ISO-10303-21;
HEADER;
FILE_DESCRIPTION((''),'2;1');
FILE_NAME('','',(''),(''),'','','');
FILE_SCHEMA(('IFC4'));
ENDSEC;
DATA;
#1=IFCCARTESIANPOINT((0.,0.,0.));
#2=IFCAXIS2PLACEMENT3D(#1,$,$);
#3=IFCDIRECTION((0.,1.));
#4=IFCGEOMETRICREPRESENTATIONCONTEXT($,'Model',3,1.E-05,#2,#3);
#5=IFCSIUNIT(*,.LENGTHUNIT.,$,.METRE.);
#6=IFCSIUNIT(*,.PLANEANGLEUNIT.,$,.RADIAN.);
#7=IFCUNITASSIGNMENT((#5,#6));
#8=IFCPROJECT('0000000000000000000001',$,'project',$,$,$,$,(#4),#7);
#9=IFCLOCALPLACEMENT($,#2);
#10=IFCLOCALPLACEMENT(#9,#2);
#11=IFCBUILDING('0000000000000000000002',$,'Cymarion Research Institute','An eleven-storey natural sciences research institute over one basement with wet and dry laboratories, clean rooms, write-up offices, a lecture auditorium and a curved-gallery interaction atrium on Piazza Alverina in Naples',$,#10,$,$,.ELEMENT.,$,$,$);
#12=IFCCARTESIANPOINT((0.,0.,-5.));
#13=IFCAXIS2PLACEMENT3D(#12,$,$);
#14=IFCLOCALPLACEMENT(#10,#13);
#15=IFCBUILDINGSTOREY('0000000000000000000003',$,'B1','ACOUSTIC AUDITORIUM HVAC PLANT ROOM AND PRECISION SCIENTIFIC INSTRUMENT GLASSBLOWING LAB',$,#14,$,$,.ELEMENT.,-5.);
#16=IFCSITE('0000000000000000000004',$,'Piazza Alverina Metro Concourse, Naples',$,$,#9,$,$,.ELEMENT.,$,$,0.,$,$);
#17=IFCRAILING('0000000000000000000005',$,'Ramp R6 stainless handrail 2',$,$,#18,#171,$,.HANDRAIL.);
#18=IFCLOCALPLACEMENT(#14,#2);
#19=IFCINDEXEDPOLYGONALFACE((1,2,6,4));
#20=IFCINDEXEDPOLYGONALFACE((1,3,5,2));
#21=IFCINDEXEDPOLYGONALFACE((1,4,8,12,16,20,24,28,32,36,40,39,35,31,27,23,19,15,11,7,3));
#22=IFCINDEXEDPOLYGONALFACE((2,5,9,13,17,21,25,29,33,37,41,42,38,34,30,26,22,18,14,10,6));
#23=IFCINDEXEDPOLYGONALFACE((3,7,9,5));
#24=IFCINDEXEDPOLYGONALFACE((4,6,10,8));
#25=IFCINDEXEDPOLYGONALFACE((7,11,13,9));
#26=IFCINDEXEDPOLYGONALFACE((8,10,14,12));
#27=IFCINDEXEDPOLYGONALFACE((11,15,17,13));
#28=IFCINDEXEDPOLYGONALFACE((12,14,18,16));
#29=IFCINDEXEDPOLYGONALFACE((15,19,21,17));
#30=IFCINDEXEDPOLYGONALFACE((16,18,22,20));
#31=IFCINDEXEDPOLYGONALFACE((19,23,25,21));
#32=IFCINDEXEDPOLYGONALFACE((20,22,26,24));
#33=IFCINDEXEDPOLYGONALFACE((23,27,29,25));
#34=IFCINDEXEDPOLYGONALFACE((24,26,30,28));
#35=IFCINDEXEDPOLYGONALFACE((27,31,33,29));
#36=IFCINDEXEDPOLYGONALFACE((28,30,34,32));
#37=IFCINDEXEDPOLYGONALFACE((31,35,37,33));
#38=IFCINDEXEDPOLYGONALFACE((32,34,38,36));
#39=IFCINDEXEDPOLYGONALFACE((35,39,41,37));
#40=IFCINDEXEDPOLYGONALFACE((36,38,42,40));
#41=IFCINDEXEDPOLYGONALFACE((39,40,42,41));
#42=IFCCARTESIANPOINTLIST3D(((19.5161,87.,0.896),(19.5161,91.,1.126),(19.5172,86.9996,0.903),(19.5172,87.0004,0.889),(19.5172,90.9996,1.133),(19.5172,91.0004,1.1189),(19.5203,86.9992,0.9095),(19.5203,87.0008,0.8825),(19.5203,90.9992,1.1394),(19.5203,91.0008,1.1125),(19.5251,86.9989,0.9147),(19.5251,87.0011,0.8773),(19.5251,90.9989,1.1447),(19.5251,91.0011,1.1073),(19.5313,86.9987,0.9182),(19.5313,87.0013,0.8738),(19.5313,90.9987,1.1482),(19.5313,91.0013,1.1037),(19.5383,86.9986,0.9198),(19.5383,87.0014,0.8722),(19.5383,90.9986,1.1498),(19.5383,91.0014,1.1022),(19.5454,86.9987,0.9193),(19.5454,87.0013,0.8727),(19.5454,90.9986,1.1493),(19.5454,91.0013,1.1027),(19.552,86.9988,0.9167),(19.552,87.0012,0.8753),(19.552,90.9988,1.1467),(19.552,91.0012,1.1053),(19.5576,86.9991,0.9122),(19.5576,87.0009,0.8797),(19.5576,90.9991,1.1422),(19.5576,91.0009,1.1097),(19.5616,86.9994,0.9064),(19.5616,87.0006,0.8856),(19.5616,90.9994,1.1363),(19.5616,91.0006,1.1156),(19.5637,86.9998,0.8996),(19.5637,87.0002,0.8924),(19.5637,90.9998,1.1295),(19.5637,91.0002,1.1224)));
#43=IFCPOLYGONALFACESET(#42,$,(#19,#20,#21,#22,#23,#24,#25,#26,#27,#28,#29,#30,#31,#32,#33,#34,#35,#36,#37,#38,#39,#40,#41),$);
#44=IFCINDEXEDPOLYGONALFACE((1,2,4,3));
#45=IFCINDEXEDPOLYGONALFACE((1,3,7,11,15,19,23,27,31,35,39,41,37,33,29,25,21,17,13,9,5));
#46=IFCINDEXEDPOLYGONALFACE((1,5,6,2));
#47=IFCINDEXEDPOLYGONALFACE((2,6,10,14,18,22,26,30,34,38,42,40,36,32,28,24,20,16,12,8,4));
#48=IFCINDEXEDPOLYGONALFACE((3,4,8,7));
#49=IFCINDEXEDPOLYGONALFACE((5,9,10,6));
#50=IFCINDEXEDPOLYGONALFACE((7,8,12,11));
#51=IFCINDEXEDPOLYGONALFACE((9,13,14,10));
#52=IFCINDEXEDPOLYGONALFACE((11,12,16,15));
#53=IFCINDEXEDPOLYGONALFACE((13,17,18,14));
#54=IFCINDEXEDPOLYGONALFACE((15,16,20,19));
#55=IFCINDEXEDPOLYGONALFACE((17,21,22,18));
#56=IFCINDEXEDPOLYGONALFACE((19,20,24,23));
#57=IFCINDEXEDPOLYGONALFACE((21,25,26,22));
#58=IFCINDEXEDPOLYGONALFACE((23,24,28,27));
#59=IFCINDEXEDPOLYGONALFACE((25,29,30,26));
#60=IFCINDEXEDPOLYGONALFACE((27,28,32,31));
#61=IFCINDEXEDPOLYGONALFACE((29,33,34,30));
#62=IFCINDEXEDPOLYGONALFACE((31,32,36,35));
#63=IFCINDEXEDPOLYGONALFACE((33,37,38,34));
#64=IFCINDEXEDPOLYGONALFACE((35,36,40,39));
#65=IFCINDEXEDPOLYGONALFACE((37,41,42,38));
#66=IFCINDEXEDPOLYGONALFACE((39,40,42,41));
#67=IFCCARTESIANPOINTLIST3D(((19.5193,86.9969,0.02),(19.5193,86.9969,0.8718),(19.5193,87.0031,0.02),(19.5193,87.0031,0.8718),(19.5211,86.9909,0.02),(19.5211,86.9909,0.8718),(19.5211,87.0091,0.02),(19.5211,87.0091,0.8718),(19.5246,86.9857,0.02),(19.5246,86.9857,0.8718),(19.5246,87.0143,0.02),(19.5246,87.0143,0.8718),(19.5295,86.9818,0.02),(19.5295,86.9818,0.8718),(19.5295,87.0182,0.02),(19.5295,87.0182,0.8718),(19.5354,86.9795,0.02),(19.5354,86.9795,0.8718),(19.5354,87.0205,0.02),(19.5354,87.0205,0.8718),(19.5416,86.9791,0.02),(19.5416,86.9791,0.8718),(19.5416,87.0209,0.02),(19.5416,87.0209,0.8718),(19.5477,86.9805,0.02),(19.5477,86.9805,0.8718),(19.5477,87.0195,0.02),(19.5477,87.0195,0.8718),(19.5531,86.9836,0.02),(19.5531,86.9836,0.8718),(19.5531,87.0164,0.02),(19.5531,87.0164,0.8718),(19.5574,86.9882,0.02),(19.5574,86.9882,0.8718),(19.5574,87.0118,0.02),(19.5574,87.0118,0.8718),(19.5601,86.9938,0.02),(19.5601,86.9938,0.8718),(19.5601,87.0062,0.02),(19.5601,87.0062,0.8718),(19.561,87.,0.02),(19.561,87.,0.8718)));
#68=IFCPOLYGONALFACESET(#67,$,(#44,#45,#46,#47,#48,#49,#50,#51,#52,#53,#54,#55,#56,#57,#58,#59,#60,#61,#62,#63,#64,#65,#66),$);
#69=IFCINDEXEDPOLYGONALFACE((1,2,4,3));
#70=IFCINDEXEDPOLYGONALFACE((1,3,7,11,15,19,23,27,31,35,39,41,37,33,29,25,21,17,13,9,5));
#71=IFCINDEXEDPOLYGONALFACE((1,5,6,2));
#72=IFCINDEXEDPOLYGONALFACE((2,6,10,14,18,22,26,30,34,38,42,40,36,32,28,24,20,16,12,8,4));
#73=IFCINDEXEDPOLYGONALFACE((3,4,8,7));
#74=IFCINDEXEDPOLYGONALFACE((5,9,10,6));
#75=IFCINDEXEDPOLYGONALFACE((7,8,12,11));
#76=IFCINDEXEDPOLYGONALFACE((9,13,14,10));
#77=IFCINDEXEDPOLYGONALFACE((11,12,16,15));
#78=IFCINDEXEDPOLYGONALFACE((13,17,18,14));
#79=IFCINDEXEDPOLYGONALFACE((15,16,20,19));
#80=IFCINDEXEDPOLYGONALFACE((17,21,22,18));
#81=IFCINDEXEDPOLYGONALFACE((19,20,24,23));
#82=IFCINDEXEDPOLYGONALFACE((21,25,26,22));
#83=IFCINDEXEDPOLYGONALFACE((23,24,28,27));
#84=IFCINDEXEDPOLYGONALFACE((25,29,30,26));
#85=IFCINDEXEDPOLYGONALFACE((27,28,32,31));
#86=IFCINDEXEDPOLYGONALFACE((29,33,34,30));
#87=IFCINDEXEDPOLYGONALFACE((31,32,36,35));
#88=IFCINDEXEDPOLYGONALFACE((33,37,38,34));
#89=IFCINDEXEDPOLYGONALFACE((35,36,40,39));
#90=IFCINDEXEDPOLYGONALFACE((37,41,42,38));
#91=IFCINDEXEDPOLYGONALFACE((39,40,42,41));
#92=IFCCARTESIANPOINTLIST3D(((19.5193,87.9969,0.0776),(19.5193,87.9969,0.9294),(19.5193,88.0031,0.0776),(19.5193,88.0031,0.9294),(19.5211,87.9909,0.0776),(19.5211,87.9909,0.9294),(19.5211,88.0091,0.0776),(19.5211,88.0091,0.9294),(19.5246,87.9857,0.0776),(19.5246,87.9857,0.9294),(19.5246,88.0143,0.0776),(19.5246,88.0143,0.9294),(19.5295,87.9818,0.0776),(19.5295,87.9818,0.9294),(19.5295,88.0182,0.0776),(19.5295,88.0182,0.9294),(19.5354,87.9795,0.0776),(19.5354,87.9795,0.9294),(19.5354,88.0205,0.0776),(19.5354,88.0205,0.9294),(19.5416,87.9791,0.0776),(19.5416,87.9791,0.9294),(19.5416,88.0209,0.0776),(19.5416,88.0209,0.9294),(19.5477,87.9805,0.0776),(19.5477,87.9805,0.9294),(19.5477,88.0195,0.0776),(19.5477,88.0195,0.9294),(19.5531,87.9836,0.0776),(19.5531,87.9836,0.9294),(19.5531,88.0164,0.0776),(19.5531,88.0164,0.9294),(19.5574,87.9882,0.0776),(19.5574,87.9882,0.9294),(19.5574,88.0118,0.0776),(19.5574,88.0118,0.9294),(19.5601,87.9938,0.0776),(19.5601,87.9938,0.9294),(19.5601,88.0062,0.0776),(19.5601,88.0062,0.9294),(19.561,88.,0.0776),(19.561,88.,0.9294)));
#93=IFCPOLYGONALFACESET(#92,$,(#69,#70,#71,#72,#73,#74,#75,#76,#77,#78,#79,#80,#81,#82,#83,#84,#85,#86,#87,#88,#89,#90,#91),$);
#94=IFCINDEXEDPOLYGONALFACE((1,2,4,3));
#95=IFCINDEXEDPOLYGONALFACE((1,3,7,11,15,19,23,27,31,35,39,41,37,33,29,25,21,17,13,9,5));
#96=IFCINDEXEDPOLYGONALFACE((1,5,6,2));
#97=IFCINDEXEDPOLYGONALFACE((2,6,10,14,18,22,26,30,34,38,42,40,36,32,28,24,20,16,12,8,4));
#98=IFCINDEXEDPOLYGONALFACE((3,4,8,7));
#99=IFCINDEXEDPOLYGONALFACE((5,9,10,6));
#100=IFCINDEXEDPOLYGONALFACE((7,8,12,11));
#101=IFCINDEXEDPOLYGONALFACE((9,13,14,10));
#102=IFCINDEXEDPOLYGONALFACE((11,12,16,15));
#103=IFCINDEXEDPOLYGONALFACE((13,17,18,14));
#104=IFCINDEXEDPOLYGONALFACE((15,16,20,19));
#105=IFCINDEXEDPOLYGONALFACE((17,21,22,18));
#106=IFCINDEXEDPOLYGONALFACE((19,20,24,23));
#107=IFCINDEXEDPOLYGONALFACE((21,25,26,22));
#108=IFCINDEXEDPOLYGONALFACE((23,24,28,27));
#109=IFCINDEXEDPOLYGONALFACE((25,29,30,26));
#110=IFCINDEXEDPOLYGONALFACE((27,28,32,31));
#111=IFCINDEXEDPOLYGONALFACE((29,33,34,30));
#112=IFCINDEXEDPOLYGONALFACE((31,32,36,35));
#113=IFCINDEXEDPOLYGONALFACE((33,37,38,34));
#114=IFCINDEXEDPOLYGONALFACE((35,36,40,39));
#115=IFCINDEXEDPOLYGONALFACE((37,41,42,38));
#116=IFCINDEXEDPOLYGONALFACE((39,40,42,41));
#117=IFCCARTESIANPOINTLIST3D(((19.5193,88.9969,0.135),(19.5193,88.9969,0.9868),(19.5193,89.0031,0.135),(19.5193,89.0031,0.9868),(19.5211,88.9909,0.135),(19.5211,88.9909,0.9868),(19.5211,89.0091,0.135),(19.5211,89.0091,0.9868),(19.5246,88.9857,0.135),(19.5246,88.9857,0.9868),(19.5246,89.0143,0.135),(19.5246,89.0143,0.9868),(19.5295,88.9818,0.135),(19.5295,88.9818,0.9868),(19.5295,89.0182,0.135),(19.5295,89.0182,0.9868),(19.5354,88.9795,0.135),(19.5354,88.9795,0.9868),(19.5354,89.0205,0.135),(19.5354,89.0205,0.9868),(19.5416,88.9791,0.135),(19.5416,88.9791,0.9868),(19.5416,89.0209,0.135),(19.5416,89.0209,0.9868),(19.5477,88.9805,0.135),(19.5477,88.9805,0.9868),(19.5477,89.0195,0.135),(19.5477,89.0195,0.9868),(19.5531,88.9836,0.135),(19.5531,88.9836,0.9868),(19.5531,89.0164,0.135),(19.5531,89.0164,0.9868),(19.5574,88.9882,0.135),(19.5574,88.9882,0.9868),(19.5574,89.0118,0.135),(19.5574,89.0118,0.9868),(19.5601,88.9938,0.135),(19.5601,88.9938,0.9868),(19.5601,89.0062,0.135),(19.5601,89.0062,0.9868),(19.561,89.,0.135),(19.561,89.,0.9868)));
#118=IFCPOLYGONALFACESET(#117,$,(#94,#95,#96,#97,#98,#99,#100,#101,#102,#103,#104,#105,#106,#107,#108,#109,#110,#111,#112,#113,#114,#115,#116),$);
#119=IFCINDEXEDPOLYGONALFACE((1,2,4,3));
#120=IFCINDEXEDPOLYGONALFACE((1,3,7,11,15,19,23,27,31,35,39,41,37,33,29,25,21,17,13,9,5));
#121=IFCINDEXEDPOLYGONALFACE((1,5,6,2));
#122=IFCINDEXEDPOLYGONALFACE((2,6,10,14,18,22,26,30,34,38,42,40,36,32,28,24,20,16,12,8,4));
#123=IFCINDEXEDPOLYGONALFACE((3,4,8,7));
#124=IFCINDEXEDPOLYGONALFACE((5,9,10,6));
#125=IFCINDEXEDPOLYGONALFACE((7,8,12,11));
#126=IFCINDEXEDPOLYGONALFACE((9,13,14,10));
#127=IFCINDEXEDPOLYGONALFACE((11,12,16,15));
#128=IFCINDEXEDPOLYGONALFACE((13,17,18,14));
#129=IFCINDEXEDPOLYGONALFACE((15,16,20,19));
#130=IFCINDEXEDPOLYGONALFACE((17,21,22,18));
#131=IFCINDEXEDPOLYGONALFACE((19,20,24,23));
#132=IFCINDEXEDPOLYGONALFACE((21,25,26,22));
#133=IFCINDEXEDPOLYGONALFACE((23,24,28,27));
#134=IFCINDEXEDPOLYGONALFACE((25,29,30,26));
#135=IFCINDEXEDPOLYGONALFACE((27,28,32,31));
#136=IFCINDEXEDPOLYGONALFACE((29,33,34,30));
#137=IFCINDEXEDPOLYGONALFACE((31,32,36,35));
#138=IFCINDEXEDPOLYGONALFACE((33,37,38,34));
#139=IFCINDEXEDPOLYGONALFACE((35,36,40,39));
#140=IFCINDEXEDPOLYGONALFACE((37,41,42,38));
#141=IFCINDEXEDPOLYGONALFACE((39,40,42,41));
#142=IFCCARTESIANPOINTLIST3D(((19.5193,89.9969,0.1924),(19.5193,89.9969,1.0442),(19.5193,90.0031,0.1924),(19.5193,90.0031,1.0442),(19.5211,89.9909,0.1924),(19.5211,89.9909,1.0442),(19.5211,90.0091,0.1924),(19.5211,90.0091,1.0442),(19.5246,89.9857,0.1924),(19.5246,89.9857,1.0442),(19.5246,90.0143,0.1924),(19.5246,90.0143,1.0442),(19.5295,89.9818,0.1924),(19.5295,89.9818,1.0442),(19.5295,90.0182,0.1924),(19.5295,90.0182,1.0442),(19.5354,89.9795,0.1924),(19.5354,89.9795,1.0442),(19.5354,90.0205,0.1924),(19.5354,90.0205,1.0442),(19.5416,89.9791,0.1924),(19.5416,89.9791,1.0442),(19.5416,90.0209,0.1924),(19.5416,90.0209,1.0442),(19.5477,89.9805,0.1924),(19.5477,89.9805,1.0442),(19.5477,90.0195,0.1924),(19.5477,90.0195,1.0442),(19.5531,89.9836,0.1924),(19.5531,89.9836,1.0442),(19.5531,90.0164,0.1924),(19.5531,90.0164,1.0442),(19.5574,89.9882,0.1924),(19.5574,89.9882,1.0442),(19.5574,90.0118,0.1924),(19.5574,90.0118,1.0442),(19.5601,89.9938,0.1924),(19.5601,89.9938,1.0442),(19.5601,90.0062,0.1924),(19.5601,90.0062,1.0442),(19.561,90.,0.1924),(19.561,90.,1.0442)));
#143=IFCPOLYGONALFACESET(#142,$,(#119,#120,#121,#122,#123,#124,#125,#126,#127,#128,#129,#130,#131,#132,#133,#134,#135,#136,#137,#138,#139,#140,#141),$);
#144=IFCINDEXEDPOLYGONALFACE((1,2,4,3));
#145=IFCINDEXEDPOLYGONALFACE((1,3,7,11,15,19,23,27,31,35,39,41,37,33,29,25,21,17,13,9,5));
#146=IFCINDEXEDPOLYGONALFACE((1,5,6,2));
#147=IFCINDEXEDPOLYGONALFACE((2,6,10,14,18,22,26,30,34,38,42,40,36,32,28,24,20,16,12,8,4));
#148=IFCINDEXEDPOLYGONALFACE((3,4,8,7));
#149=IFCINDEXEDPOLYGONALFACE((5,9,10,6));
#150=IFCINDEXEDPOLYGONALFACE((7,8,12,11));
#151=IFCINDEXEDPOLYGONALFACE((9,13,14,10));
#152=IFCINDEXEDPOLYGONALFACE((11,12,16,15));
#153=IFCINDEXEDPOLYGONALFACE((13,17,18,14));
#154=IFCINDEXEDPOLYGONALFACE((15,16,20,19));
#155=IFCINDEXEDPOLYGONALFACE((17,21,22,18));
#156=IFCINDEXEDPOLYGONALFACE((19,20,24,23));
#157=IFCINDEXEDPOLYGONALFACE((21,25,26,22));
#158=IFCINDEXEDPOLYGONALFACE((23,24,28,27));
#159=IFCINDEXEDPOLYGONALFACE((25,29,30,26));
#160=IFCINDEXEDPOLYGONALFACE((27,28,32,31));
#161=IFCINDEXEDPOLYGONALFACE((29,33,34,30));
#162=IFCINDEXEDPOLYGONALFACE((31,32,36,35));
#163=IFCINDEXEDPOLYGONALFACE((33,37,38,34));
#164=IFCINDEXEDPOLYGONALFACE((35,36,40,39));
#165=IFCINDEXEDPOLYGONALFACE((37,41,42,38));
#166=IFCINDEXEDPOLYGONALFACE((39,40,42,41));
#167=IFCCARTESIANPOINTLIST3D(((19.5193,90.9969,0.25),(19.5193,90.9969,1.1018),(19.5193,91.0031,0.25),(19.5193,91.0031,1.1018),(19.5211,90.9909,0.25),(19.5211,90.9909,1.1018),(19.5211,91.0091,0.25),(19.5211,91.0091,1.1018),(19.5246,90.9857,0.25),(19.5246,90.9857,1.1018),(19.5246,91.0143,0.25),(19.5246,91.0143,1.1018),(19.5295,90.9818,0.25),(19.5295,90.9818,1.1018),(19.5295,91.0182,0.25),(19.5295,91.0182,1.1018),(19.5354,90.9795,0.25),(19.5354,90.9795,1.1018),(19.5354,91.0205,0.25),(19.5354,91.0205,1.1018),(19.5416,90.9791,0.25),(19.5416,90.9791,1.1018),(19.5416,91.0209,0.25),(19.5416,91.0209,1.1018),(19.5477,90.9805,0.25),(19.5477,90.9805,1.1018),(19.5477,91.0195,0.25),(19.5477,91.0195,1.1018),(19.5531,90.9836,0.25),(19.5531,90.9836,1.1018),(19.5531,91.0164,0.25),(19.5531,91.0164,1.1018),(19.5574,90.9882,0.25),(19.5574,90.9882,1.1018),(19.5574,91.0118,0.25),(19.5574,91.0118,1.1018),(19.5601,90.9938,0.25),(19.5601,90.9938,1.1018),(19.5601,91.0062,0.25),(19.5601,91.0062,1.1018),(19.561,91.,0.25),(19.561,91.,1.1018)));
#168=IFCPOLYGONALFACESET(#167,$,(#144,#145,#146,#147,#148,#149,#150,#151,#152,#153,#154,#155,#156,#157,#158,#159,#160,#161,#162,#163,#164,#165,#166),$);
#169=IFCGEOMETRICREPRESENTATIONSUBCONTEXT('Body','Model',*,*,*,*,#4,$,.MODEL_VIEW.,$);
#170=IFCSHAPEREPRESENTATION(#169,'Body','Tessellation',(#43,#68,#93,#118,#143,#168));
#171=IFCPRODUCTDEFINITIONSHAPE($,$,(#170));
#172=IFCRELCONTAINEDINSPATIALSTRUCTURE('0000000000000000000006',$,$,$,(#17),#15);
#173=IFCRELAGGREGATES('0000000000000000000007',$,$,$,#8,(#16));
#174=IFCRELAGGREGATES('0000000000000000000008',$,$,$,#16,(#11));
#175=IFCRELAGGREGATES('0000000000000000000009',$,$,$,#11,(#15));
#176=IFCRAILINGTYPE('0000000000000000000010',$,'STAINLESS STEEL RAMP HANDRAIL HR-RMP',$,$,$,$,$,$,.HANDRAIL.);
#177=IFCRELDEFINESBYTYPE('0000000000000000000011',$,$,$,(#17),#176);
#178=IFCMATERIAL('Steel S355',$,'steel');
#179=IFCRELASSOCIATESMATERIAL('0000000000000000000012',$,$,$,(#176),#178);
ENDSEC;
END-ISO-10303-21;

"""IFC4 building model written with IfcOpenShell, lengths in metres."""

from ifc_helpers import new_model, si_unit, direction, frame, origin, origin_2d, place, context, subcontext, project, spatial, circle, extrude, material, type_object, element, save


model = new_model("IFC4")

# Units and contexts
model_context = context("Model", 3, precision=1e-05, world=origin(), true_north=direction((0.0, 1.0)))
body_context = subcontext(model_context, "Body", "Model", "MODEL_VIEW")
ifc_project = project(units=[si_unit("LENGTHUNIT", "METRE"), si_unit("PLANEANGLEUNIT", "RADIAN")], contexts=[model_context])

# Site, building, storey
site_placement = place(None, origin())
site = spatial("IfcSite", under=ifc_project, at=site_placement, Name="Piazza Alverina Metro Concourse, Naples", CompositionType="ELEMENT", RefElevation=0.0)
building_placement = place(site_placement, origin())
building = spatial("IfcBuilding", under=site, at=building_placement, Name="Cymarion Research Institute", Description="An eleven-storey natural sciences research institute over one basement with wet and dry laboratories, clean rooms, write-up offices, a lecture auditorium and a curved-gallery interaction atrium on Piazza Alverina in Naples", CompositionType="ELEMENT")
storey_placement = place(building_placement, frame((0.0, 0.0, -5.0)))
storey = spatial("IfcBuildingStorey", under=building, at=storey_placement, Name="B1", Description="ACOUSTIC AUDITORIUM HVAC PLANT ROOM AND PRECISION SCIENTIFIC INSTRUMENT GLASSBLOWING LAB", CompositionType="ELEMENT", Elevation=-5.0)

# Shared definitions
ifc_material_1 = material(Name="Steel S355", Category="steel")

# Railing
railing_type_1 = type_object("IfcRailingType", Name="STAINLESS STEEL RAMP HANDRAIL HR-RMP", PredefinedType="HANDRAIL", material=ifc_material_1)
for number, where, name in (
    (1, (19.54, 87.0, 0.02), "Ramp R6 stainless handrail 2"),
):
    element("IfcRailing", number, at=place(storey_placement, frame(where)), inside=storey, type_object=railing_type_1, Name=name, PredefinedType="HANDRAIL", context=body_context, shape_type="SweptSolid", body=[
        extrude(circle(Radius=0.0239, at=origin_2d()), frame((0.0, 0.0, 0.876), z_axis=(0.0, 0.998351, 0.0574), x_axis=(-1.0, 0.0, 0.0)), (0.0, 0.0, 1.0), 4.0066),
        extrude(circle(Radius=0.021, at=origin_2d()), origin(), (0.0, 0.0, 1.0), 0.8518),
        extrude(circle(Radius=0.021, at=origin_2d()), frame((0.0, 1.0, 0.0576)), (0.0, 0.0, 1.0), 0.8518),
        extrude(circle(Radius=0.021, at=origin_2d()), frame((0.0, 2.0, 0.115)), (0.0, 0.0, 1.0), 0.8518),
        extrude(circle(Radius=0.021, at=origin_2d()), frame((0.0, 3.0, 0.1724)), (0.0, 0.0, 1.0), 0.8518),
        extrude(circle(Radius=0.021, at=origin_2d()), frame((0.0, 4.0, 0.23)), (0.0, 0.0, 1.0), 0.8518),
    ])

save(model, "model.ifc")
